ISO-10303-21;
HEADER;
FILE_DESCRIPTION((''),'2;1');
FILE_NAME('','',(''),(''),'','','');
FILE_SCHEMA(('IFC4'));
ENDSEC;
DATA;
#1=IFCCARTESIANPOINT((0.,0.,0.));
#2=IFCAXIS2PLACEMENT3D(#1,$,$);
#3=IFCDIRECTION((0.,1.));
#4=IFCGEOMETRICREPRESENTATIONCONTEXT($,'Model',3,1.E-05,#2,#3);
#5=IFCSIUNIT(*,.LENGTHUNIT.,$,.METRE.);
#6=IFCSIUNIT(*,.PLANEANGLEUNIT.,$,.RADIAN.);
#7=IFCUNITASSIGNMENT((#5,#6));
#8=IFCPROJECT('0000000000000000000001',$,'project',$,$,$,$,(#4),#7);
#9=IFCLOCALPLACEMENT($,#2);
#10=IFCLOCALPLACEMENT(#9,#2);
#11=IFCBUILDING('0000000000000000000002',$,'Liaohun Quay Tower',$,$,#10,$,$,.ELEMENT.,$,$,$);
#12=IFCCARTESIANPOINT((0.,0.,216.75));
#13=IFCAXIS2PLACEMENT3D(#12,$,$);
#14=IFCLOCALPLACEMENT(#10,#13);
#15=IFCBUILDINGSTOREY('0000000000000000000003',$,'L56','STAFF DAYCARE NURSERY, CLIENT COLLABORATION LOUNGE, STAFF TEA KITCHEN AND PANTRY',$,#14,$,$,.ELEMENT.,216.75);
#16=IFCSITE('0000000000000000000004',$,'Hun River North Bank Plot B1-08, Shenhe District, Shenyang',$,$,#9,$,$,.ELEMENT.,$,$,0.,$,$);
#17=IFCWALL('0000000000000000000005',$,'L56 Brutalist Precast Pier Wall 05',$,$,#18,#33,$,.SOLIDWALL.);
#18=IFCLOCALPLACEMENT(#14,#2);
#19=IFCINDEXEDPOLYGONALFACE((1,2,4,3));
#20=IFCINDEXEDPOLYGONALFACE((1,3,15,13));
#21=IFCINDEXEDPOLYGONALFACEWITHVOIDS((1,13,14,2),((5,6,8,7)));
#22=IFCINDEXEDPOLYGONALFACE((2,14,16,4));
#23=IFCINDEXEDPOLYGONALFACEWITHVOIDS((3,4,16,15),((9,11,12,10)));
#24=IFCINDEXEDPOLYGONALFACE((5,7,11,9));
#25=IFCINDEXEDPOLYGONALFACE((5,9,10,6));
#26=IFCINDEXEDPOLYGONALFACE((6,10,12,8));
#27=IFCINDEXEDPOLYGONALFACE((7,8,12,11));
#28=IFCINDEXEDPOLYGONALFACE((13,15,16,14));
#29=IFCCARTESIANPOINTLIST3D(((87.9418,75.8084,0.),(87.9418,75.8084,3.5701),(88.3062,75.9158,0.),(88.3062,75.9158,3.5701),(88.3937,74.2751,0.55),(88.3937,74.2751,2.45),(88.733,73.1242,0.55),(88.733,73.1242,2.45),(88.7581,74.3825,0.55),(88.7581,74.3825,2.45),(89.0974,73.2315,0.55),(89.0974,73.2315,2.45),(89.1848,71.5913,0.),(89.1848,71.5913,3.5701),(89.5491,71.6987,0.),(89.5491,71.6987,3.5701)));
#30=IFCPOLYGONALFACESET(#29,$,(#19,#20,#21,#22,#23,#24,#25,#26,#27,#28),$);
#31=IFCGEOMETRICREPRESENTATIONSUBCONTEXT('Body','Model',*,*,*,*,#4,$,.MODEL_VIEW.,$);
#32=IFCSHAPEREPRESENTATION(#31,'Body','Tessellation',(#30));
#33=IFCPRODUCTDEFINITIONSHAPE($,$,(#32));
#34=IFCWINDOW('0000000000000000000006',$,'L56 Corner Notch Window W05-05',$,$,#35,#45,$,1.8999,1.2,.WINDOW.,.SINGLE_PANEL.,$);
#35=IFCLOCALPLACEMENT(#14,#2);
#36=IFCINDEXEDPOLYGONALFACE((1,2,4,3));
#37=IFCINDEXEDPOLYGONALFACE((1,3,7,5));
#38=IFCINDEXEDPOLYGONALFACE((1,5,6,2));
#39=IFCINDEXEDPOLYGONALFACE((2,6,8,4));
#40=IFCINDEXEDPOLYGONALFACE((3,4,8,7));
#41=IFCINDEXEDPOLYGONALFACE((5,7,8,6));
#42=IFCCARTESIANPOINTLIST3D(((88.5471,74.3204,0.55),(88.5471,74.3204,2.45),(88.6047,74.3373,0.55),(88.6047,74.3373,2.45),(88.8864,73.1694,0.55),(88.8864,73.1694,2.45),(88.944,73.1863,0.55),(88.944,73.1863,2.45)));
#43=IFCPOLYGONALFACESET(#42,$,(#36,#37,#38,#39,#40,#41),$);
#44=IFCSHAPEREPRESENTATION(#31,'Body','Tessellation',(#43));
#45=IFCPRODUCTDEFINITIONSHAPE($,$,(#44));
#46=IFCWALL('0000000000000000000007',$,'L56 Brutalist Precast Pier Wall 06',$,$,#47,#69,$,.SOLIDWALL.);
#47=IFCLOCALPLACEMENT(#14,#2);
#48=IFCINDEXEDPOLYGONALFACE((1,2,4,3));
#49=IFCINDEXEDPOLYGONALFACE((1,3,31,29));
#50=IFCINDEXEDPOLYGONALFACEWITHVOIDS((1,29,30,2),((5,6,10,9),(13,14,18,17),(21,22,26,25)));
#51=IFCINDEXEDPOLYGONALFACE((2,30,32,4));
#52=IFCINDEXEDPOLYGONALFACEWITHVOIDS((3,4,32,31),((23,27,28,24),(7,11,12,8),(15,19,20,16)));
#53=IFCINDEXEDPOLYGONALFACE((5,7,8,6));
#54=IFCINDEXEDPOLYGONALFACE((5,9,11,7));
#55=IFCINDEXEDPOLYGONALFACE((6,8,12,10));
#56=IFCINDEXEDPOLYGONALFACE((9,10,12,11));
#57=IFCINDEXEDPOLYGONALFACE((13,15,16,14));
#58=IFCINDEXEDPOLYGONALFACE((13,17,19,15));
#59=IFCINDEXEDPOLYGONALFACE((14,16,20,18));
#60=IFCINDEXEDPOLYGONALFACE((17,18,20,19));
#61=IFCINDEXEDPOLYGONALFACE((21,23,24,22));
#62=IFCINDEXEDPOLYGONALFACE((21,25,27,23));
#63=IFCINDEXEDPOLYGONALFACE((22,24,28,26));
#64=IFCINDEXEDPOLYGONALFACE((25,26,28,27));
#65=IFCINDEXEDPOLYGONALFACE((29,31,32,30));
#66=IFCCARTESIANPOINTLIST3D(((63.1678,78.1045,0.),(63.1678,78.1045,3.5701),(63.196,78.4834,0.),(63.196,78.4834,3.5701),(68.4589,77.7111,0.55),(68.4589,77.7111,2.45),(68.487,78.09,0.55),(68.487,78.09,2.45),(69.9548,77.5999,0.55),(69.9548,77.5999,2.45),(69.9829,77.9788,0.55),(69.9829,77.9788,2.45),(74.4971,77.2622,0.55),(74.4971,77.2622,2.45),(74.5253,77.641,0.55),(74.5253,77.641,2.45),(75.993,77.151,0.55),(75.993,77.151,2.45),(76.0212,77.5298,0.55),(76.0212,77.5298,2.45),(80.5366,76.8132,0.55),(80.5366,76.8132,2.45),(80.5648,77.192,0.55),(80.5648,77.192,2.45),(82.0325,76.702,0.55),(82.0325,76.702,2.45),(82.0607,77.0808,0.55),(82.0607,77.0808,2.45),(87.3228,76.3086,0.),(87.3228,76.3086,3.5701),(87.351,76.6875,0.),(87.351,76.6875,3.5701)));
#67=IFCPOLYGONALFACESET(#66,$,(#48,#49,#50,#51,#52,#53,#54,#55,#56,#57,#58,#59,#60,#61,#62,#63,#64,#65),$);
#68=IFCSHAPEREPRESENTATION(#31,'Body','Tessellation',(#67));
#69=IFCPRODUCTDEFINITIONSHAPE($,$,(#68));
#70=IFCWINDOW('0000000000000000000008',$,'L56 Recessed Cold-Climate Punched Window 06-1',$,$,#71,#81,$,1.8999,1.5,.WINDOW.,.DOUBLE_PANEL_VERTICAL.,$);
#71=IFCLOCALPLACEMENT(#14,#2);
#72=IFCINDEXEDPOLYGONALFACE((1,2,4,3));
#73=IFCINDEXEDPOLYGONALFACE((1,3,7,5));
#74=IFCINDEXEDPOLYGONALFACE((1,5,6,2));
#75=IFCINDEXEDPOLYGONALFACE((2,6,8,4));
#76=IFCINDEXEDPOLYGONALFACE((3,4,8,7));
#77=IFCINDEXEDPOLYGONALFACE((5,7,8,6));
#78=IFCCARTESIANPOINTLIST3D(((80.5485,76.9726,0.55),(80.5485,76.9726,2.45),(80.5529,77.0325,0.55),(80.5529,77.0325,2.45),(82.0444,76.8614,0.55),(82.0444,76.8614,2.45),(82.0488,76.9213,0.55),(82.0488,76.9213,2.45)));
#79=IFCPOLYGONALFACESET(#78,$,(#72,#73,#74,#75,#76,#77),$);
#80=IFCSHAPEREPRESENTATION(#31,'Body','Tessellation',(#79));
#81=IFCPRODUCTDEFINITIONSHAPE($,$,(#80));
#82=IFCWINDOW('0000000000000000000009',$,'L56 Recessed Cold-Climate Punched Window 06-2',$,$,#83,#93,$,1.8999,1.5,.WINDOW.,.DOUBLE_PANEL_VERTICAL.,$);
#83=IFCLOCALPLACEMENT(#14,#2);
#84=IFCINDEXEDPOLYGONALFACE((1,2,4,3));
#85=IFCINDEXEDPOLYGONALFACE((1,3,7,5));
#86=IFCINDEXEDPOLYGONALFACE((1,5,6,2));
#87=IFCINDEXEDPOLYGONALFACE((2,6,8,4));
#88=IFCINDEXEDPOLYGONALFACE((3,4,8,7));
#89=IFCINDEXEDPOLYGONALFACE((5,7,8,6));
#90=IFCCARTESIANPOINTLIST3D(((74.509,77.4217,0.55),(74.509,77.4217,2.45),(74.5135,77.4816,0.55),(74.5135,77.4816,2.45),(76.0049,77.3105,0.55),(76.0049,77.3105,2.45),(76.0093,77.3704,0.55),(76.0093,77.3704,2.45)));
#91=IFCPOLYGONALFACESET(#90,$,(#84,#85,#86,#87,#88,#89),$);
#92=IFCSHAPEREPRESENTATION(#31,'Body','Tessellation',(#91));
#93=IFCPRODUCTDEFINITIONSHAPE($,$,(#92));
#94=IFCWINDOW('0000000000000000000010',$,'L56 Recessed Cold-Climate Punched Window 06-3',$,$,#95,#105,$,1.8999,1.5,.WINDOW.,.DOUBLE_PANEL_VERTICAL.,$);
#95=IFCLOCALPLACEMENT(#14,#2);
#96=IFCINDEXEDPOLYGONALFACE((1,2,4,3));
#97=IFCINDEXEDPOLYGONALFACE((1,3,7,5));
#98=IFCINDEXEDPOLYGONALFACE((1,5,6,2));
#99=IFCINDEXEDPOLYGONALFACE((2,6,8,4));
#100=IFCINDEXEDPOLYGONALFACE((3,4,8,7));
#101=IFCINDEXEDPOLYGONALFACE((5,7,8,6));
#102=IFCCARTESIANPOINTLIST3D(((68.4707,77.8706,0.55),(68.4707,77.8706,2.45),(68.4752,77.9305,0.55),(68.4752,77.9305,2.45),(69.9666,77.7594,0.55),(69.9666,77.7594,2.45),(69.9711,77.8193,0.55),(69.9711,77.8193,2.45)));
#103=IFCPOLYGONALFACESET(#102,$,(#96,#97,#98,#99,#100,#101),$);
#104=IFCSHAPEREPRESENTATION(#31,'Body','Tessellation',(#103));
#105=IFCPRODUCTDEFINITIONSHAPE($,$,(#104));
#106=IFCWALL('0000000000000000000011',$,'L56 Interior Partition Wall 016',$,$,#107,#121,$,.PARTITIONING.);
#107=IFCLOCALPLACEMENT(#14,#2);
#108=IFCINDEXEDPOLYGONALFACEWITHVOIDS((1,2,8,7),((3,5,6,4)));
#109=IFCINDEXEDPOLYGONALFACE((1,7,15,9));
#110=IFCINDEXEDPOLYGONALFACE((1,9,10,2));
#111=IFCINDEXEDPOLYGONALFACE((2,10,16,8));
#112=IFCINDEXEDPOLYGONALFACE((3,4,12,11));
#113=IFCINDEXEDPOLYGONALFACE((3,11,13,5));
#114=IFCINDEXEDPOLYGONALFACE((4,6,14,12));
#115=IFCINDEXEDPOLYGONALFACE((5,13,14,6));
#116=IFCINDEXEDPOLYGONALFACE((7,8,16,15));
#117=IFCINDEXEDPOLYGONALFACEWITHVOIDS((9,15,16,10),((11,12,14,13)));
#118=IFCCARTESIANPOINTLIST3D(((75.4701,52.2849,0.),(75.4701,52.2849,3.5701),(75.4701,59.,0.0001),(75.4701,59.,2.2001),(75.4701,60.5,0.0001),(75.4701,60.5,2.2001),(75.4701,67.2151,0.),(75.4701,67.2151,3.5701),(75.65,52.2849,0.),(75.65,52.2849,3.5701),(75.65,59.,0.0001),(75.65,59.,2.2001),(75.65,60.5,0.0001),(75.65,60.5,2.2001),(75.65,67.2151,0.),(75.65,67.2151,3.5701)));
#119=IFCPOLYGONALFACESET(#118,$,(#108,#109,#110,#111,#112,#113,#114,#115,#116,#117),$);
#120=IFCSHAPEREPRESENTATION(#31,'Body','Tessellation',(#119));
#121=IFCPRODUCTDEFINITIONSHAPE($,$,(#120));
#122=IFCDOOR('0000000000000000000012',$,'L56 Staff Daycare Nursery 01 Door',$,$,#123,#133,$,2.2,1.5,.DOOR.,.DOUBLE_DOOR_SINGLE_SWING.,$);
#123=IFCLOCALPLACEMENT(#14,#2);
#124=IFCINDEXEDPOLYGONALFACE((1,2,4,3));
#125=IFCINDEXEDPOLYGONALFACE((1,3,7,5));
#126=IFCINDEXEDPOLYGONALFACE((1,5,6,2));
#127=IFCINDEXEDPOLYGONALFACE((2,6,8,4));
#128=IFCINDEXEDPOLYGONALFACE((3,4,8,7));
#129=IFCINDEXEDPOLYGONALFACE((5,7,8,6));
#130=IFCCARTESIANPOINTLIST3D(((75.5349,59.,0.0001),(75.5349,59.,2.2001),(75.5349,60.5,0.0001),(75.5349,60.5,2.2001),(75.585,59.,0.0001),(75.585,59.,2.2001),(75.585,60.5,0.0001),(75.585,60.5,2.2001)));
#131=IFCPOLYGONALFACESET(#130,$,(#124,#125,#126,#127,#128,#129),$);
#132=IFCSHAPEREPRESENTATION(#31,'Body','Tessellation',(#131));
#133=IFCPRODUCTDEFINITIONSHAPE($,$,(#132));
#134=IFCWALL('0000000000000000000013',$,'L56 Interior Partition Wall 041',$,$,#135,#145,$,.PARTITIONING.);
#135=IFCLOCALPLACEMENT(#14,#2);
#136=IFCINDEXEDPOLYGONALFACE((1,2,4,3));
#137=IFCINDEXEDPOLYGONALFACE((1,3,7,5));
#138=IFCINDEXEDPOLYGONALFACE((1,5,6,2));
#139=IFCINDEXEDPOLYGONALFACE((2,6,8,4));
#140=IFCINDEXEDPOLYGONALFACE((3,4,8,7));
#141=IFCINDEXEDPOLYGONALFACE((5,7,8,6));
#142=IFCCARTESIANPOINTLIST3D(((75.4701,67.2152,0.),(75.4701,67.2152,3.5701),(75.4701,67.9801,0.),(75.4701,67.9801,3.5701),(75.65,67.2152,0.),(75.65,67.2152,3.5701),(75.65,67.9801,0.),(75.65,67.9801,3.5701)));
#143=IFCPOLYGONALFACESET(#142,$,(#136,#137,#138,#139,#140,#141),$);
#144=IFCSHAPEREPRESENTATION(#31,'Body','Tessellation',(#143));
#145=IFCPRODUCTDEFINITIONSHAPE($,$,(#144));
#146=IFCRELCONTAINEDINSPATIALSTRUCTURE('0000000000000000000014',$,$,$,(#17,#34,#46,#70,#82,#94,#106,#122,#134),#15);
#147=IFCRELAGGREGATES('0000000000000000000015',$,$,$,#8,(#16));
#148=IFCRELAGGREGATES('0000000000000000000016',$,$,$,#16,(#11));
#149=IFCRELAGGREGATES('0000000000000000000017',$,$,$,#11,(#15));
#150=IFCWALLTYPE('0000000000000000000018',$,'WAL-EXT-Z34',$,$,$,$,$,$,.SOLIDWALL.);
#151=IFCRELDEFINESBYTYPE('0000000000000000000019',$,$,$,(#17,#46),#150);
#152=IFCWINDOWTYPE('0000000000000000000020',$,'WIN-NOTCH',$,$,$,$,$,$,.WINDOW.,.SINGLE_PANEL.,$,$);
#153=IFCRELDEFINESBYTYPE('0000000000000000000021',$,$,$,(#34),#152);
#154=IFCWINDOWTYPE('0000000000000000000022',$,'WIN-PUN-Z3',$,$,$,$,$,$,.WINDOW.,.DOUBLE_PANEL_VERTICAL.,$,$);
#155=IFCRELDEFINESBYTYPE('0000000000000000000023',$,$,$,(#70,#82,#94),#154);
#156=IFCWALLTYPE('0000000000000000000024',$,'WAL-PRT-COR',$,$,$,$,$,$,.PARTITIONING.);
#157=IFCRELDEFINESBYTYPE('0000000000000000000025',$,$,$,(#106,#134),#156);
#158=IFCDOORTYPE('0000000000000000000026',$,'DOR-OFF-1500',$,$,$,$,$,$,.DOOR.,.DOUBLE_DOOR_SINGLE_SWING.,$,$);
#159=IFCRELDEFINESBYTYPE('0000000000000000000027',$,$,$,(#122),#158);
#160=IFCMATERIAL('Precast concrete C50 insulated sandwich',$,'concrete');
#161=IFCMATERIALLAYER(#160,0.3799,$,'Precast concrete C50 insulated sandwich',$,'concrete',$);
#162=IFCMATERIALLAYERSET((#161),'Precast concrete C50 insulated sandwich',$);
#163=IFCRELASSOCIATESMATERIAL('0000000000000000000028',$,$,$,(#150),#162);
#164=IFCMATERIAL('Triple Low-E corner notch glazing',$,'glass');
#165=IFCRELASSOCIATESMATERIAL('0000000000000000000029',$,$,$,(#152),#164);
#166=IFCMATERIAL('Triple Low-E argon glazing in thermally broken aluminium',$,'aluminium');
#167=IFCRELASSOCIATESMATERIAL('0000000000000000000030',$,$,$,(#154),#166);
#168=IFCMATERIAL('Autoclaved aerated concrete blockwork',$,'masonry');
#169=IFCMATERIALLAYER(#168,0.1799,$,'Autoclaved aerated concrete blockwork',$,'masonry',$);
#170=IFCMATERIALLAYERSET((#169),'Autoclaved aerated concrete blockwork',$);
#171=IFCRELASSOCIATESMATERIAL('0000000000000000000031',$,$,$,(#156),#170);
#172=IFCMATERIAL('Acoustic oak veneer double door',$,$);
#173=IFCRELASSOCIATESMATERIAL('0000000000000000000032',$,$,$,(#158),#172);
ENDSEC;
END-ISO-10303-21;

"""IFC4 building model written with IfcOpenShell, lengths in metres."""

from ifc_helpers import new_model, si_unit, direction, frame, frame_2d, origin, place, context, subcontext, project, spatial, rectangle, extrude, source, transform, mapped, material, layer, layer_set, type_object, element, fill, save


model = new_model("IFC4")

# Units and contexts
model_context = context("Model", 3, precision=1e-05, world=origin(), true_north=direction((0.0, 1.0)))
body_context = subcontext(model_context, "Body", "Model", "MODEL_VIEW")
ifc_project = project(units=[si_unit("LENGTHUNIT", "METRE"), si_unit("PLANEANGLEUNIT", "RADIAN")], contexts=[model_context])

# Site, building, storey
site_placement = place(None, origin())
site = spatial("IfcSite", under=ifc_project, at=site_placement, Name="Hun River North Bank Plot B1-08, Shenhe District, Shenyang", CompositionType="ELEMENT", RefElevation=0.0)
building_placement = place(site_placement, origin())
building = spatial("IfcBuilding", under=site, at=building_placement, Name="Liaohun Quay Tower", CompositionType="ELEMENT")
storey_placement = place(building_placement, frame((0.0, 0.0, 216.75)))
storey = spatial("IfcBuildingStorey", under=building, at=storey_placement, Name="L56", Description="STAFF DAYCARE NURSERY, CLIENT COLLABORATION LOUNGE, STAFF TEA KITCHEN AND PANTRY", CompositionType="ELEMENT", Elevation=216.75)

# Wall, opening, window
ifc_material_1 = material(Name="Precast concrete C50 insulated sandwich", Category="concrete")
ifc_layer_1 = layer(ifc_material_1, 0.3799, Name="Precast concrete C50 insulated sandwich", Category="concrete")
ifc_layer_set_1 = layer_set([ifc_layer_1], Name="Precast concrete C50 insulated sandwich")
wall_type_1 = type_object("IfcWallType", Name="WAL-EXT-Z34", PredefinedType="SOLIDWALL", material=ifc_layer_set_1)
shared_shape_1 = source(origin(), body_context, "Body", "SweptSolid", [
    extrude(rectangle(XDim=1.2, YDim=1.8999, at=frame_2d((0.6001, 0.95))), frame((0.0, 0.2, 0.0), z_axis=(0.0, -1.0, 0.0), x_axis=(1.0, 0.0, 0.0)), (0.0, 0.0, 1.0), 0.3999),
])
ifc_material_2 = material(Name="Triple Low-E corner notch glazing", Category="glass")
window_type_1 = type_object("IfcWindowType", Name="WIN-NOTCH", PartitioningType="SINGLE_PANEL", PredefinedType="WINDOW", material=ifc_material_2)
shared_shape_2 = source(origin(), body_context, "Body", "SweptSolid", [
    extrude(rectangle(XDim=1.2, YDim=1.8999, at=frame_2d((0.6001, 0.95))), frame((0.0, 0.03, 0.0), z_axis=(0.0, -1.0, 0.0), x_axis=(1.0, 0.0, 0.0)), (0.0, 0.0, 1.0), 0.0601),
])
wall_1_placement = place(storey_placement, frame((89.3669, 71.645, 0.0), z_axis=(0.0, 0.0, 1.0), x_axis=(-0.282713, 0.959204, 0.0)))
wall_1 = element("IfcWall", 1, at=wall_1_placement, inside=storey, type_object=wall_type_1, Name="L56 Brutalist Precast Pier Wall 05", PredefinedType="SOLIDWALL", context=body_context, shape_type="SweptSolid", body=[
    extrude(rectangle(XDim=4.3965, YDim=0.3799, at=frame_2d((2.1982, 0.0))), origin(), (0.0, 0.0, 1.0), 3.5701),
])
opening_1_placement = place(wall_1_placement, frame((1.5979, 0.0, 0.55)))
opening_1 = element("IfcOpeningElement", 2, at=opening_1_placement, cuts=wall_1, PredefinedType="OPENING", context=body_context, shape_type="MappedRepresentation", body=[
    mapped(shared_shape_1, transform((0.0, 0.0, 0.0), x_axis=(1.0, 0.0, 0.0), y_axis=(0.0, 1.0, 0.0), z_axis=(0.0, 0.0, 1.0), scale=1.0)),
])
window_1_placement = place(opening_1_placement, origin())
window_1 = element("IfcWindow", 3, at=window_1_placement, inside=storey, type_object=window_type_1, Name="L56 Corner Notch Window W05-05", OverallHeight=1.8999, OverallWidth=1.2, PartitioningType="SINGLE_PANEL", PredefinedType="WINDOW", context=body_context, shape_type="MappedRepresentation", body=[
    mapped(shared_shape_2, transform((0.0, 0.0, 0.0), x_axis=(1.0, 0.0, 0.0), y_axis=(0.0, 1.0, 0.0), z_axis=(0.0, 0.0, 1.0), scale=1.0)),
])
fill(opening_1, window_1)

# Wall, openings, windows
wall_2_placement = place(storey_placement, frame((87.3369, 76.498, 0.0), z_axis=(0.0, 0.0, 1.0), x_axis=(-0.997248, 0.074144, 0.0)))
wall_2 = element("IfcWall", 4, at=wall_2_placement, inside=storey, type_object=wall_type_1, Name="L56 Brutalist Precast Pier Wall 06", PredefinedType="SOLIDWALL", context=body_context, shape_type="SweptSolid", body=[
    extrude(rectangle(XDim=24.2217, YDim=0.3799, at=frame_2d((12.1108, 0.0))), origin(), (0.0, 0.0, 1.0), 3.5701),
])
shared_shape_3 = source(origin(), body_context, "Body", "SweptSolid", [
    extrude(rectangle(XDim=1.5, YDim=1.8999, at=frame_2d((0.75, 0.95))), frame((0.0, 0.2, 0.0), z_axis=(0.0, -1.0, 0.0), x_axis=(1.0, 0.0, 0.0)), (0.0, 0.0, 1.0), 0.3999),
])
opening_2_placement = place(wall_2_placement, frame((5.3049, 0.0, 0.55)))
opening_2 = element("IfcOpeningElement", 5, at=opening_2_placement, cuts=wall_2, PredefinedType="OPENING", context=body_context, shape_type="MappedRepresentation", body=[
    mapped(shared_shape_3, transform((0.0, 0.0, 0.0), x_axis=(1.0, 0.0, 0.0), y_axis=(0.0, 1.0, 0.0), z_axis=(0.0, 0.0, 1.0), scale=1.0)),
])
opening_3_placement = place(wall_2_placement, frame((11.3611, 0.0, 0.55)))
opening_3 = element("IfcOpeningElement", 6, at=opening_3_placement, cuts=wall_2, PredefinedType="OPENING", context=body_context, shape_type="MappedRepresentation", body=[
    mapped(shared_shape_3, transform((0.0, 0.0, 0.0), x_axis=(1.0, 0.0, 0.0), y_axis=(0.0, 1.0, 0.0), z_axis=(0.0, 0.0, 1.0), scale=1.0)),
])
opening_4_placement = place(wall_2_placement, frame((17.416, 0.0, 0.55)))
opening_4 = element("IfcOpeningElement", 7, at=opening_4_placement, cuts=wall_2, PredefinedType="OPENING", context=body_context, shape_type="MappedRepresentation", body=[
    mapped(shared_shape_3, transform((0.0, 0.0, 0.0), x_axis=(1.0, 0.0, 0.0), y_axis=(0.0, 1.0, 0.0), z_axis=(0.0, 0.0, 1.0), scale=1.0)),
])
ifc_material_3 = material(Name="Triple Low-E argon glazing in thermally broken aluminium", Category="aluminium")
window_type_2 = type_object("IfcWindowType", Name="WIN-PUN-Z3", PartitioningType="DOUBLE_PANEL_VERTICAL", PredefinedType="WINDOW", material=ifc_material_3)
shared_shape_4 = source(origin(), body_context, "Body", "SweptSolid", [
    extrude(rectangle(XDim=1.5, YDim=1.8999, at=frame_2d((0.75, 0.95))), frame((0.0, 0.03, 0.0), z_axis=(0.0, -1.0, 0.0), x_axis=(1.0, 0.0, 0.0)), (0.0, 0.0, 1.0), 0.0601),
])
window_2_placement = place(opening_2_placement, origin())
window_2 = element("IfcWindow", 8, at=window_2_placement, inside=storey, type_object=window_type_2, Name="L56 Recessed Cold-Climate Punched Window 06-1", OverallHeight=1.8999, OverallWidth=1.5, PartitioningType="DOUBLE_PANEL_VERTICAL", PredefinedType="WINDOW", context=body_context, shape_type="MappedRepresentation", body=[
    mapped(shared_shape_4, transform((0.0, 0.0, 0.0), x_axis=(1.0, 0.0, 0.0), y_axis=(0.0, 1.0, 0.0), z_axis=(0.0, 0.0, 1.0), scale=1.0)),
])
fill(opening_2, window_2)
window_3_placement = place(opening_3_placement, origin())
window_3 = element("IfcWindow", 9, at=window_3_placement, inside=storey, type_object=window_type_2, Name="L56 Recessed Cold-Climate Punched Window 06-2", OverallHeight=1.8999, OverallWidth=1.5, PartitioningType="DOUBLE_PANEL_VERTICAL", PredefinedType="WINDOW", context=body_context, shape_type="MappedRepresentation", body=[
    mapped(shared_shape_4, transform((0.0, 0.0, 0.0), x_axis=(1.0, 0.0, 0.0), y_axis=(0.0, 1.0, 0.0), z_axis=(0.0, 0.0, 1.0), scale=1.0)),
])
fill(opening_3, window_3)
window_4_placement = place(opening_4_placement, origin())
window_4 = element("IfcWindow", 10, at=window_4_placement, inside=storey, type_object=window_type_2, Name="L56 Recessed Cold-Climate Punched Window 06-3", OverallHeight=1.8999, OverallWidth=1.5, PartitioningType="DOUBLE_PANEL_VERTICAL", PredefinedType="WINDOW", context=body_context, shape_type="MappedRepresentation", body=[
    mapped(shared_shape_4, transform((0.0, 0.0, 0.0), x_axis=(1.0, 0.0, 0.0), y_axis=(0.0, 1.0, 0.0), z_axis=(0.0, 0.0, 1.0), scale=1.0)),
])
fill(opening_4, window_4)

# Wall, opening, door
ifc_material_4 = material(Name="Autoclaved aerated concrete blockwork", Category="masonry")
ifc_layer_2 = layer(ifc_material_4, 0.1799, Name="Autoclaved aerated concrete blockwork", Category="masonry")
ifc_layer_set_2 = layer_set([ifc_layer_2], Name="Autoclaved aerated concrete blockwork")
wall_type_2 = type_object("IfcWallType", Name="WAL-PRT-COR", PredefinedType="PARTITIONING", material=ifc_layer_set_2)
wall_3_placement = place(storey_placement, frame((75.5601, 67.2151, 0.0), z_axis=(0.0, 0.0, 1.0), x_axis=(0.0, -1.0, 0.0)))
wall_3 = element("IfcWall", 11, at=wall_3_placement, inside=storey, type_object=wall_type_2, Name="L56 Interior Partition Wall 016", PredefinedType="PARTITIONING", context=body_context, shape_type="SweptSolid", body=[
    extrude(rectangle(XDim=14.9302, YDim=0.1799, at=frame_2d((7.4651, 0.0))), origin(), (0.0, 0.0, 1.0), 3.5701),
])
shared_shape_5 = source(origin(), body_context, "Body", "SweptSolid", [
    extrude(rectangle(XDim=1.5, YDim=2.2, at=frame_2d((0.75, 1.1001))), frame((0.0, 0.0999, 0.0), z_axis=(0.0, -1.0, 0.0), x_axis=(1.0, 0.0, 0.0)), (0.0, 0.0, 1.0), 0.2),
])
opening_5_placement = place(wall_3_placement, frame((6.7151, 0.0, 0.0)))
opening_5 = element("IfcOpeningElement", 12, at=opening_5_placement, cuts=wall_3, PredefinedType="OPENING", context=body_context, shape_type="MappedRepresentation", body=[
    mapped(shared_shape_5, transform((0.0, 0.0, 0.0), x_axis=(1.0, 0.0, 0.0), y_axis=(0.0, 1.0, 0.0), z_axis=(0.0, 0.0, 1.0), scale=1.0)),
])
ifc_material_5 = material(Name="Acoustic oak veneer double door")
door_type = type_object("IfcDoorType", Name="DOR-OFF-1500", OperationType="DOUBLE_DOOR_SINGLE_SWING", PredefinedType="DOOR", material=ifc_material_5)
shared_shape_6 = source(origin(), body_context, "Body", "SweptSolid", [
    extrude(rectangle(XDim=1.5, YDim=2.2, at=frame_2d((0.75, 1.1001))), frame((0.0, 0.0249, 0.0), z_axis=(0.0, -1.0, 0.0), x_axis=(1.0, 0.0, 0.0)), (0.0, 0.0, 1.0), 0.05),
])
door_placement = place(opening_5_placement, origin())
door = element("IfcDoor", 13, at=door_placement, inside=storey, type_object=door_type, Name="L56 Staff Daycare Nursery 01 Door", OperationType="DOUBLE_DOOR_SINGLE_SWING", OverallHeight=2.2, OverallWidth=1.5, PredefinedType="DOOR", context=body_context, shape_type="MappedRepresentation", body=[
    mapped(shared_shape_6, transform((0.0, 0.0, 0.0), x_axis=(1.0, 0.0, 0.0), y_axis=(0.0, 1.0, 0.0), z_axis=(0.0, 0.0, 1.0), scale=1.0)),
])
fill(opening_5, door)

# Wall
wall_4_placement = place(storey_placement, frame((75.5601, 67.98, 0.0), z_axis=(0.0, 0.0, 1.0), x_axis=(0.0, -1.0, 0.0)))
element("IfcWall", 14, at=wall_4_placement, inside=storey, type_object=wall_type_2, Name="L56 Interior Partition Wall 041", PredefinedType="PARTITIONING", context=body_context, shape_type="SweptSolid", body=[
    extrude(rectangle(XDim=0.7649, YDim=0.1799, at=frame_2d((0.3823, 0.0))), origin(), (0.0, 0.0, 1.0), 3.5701),
])

save(model, "model.ifc")
